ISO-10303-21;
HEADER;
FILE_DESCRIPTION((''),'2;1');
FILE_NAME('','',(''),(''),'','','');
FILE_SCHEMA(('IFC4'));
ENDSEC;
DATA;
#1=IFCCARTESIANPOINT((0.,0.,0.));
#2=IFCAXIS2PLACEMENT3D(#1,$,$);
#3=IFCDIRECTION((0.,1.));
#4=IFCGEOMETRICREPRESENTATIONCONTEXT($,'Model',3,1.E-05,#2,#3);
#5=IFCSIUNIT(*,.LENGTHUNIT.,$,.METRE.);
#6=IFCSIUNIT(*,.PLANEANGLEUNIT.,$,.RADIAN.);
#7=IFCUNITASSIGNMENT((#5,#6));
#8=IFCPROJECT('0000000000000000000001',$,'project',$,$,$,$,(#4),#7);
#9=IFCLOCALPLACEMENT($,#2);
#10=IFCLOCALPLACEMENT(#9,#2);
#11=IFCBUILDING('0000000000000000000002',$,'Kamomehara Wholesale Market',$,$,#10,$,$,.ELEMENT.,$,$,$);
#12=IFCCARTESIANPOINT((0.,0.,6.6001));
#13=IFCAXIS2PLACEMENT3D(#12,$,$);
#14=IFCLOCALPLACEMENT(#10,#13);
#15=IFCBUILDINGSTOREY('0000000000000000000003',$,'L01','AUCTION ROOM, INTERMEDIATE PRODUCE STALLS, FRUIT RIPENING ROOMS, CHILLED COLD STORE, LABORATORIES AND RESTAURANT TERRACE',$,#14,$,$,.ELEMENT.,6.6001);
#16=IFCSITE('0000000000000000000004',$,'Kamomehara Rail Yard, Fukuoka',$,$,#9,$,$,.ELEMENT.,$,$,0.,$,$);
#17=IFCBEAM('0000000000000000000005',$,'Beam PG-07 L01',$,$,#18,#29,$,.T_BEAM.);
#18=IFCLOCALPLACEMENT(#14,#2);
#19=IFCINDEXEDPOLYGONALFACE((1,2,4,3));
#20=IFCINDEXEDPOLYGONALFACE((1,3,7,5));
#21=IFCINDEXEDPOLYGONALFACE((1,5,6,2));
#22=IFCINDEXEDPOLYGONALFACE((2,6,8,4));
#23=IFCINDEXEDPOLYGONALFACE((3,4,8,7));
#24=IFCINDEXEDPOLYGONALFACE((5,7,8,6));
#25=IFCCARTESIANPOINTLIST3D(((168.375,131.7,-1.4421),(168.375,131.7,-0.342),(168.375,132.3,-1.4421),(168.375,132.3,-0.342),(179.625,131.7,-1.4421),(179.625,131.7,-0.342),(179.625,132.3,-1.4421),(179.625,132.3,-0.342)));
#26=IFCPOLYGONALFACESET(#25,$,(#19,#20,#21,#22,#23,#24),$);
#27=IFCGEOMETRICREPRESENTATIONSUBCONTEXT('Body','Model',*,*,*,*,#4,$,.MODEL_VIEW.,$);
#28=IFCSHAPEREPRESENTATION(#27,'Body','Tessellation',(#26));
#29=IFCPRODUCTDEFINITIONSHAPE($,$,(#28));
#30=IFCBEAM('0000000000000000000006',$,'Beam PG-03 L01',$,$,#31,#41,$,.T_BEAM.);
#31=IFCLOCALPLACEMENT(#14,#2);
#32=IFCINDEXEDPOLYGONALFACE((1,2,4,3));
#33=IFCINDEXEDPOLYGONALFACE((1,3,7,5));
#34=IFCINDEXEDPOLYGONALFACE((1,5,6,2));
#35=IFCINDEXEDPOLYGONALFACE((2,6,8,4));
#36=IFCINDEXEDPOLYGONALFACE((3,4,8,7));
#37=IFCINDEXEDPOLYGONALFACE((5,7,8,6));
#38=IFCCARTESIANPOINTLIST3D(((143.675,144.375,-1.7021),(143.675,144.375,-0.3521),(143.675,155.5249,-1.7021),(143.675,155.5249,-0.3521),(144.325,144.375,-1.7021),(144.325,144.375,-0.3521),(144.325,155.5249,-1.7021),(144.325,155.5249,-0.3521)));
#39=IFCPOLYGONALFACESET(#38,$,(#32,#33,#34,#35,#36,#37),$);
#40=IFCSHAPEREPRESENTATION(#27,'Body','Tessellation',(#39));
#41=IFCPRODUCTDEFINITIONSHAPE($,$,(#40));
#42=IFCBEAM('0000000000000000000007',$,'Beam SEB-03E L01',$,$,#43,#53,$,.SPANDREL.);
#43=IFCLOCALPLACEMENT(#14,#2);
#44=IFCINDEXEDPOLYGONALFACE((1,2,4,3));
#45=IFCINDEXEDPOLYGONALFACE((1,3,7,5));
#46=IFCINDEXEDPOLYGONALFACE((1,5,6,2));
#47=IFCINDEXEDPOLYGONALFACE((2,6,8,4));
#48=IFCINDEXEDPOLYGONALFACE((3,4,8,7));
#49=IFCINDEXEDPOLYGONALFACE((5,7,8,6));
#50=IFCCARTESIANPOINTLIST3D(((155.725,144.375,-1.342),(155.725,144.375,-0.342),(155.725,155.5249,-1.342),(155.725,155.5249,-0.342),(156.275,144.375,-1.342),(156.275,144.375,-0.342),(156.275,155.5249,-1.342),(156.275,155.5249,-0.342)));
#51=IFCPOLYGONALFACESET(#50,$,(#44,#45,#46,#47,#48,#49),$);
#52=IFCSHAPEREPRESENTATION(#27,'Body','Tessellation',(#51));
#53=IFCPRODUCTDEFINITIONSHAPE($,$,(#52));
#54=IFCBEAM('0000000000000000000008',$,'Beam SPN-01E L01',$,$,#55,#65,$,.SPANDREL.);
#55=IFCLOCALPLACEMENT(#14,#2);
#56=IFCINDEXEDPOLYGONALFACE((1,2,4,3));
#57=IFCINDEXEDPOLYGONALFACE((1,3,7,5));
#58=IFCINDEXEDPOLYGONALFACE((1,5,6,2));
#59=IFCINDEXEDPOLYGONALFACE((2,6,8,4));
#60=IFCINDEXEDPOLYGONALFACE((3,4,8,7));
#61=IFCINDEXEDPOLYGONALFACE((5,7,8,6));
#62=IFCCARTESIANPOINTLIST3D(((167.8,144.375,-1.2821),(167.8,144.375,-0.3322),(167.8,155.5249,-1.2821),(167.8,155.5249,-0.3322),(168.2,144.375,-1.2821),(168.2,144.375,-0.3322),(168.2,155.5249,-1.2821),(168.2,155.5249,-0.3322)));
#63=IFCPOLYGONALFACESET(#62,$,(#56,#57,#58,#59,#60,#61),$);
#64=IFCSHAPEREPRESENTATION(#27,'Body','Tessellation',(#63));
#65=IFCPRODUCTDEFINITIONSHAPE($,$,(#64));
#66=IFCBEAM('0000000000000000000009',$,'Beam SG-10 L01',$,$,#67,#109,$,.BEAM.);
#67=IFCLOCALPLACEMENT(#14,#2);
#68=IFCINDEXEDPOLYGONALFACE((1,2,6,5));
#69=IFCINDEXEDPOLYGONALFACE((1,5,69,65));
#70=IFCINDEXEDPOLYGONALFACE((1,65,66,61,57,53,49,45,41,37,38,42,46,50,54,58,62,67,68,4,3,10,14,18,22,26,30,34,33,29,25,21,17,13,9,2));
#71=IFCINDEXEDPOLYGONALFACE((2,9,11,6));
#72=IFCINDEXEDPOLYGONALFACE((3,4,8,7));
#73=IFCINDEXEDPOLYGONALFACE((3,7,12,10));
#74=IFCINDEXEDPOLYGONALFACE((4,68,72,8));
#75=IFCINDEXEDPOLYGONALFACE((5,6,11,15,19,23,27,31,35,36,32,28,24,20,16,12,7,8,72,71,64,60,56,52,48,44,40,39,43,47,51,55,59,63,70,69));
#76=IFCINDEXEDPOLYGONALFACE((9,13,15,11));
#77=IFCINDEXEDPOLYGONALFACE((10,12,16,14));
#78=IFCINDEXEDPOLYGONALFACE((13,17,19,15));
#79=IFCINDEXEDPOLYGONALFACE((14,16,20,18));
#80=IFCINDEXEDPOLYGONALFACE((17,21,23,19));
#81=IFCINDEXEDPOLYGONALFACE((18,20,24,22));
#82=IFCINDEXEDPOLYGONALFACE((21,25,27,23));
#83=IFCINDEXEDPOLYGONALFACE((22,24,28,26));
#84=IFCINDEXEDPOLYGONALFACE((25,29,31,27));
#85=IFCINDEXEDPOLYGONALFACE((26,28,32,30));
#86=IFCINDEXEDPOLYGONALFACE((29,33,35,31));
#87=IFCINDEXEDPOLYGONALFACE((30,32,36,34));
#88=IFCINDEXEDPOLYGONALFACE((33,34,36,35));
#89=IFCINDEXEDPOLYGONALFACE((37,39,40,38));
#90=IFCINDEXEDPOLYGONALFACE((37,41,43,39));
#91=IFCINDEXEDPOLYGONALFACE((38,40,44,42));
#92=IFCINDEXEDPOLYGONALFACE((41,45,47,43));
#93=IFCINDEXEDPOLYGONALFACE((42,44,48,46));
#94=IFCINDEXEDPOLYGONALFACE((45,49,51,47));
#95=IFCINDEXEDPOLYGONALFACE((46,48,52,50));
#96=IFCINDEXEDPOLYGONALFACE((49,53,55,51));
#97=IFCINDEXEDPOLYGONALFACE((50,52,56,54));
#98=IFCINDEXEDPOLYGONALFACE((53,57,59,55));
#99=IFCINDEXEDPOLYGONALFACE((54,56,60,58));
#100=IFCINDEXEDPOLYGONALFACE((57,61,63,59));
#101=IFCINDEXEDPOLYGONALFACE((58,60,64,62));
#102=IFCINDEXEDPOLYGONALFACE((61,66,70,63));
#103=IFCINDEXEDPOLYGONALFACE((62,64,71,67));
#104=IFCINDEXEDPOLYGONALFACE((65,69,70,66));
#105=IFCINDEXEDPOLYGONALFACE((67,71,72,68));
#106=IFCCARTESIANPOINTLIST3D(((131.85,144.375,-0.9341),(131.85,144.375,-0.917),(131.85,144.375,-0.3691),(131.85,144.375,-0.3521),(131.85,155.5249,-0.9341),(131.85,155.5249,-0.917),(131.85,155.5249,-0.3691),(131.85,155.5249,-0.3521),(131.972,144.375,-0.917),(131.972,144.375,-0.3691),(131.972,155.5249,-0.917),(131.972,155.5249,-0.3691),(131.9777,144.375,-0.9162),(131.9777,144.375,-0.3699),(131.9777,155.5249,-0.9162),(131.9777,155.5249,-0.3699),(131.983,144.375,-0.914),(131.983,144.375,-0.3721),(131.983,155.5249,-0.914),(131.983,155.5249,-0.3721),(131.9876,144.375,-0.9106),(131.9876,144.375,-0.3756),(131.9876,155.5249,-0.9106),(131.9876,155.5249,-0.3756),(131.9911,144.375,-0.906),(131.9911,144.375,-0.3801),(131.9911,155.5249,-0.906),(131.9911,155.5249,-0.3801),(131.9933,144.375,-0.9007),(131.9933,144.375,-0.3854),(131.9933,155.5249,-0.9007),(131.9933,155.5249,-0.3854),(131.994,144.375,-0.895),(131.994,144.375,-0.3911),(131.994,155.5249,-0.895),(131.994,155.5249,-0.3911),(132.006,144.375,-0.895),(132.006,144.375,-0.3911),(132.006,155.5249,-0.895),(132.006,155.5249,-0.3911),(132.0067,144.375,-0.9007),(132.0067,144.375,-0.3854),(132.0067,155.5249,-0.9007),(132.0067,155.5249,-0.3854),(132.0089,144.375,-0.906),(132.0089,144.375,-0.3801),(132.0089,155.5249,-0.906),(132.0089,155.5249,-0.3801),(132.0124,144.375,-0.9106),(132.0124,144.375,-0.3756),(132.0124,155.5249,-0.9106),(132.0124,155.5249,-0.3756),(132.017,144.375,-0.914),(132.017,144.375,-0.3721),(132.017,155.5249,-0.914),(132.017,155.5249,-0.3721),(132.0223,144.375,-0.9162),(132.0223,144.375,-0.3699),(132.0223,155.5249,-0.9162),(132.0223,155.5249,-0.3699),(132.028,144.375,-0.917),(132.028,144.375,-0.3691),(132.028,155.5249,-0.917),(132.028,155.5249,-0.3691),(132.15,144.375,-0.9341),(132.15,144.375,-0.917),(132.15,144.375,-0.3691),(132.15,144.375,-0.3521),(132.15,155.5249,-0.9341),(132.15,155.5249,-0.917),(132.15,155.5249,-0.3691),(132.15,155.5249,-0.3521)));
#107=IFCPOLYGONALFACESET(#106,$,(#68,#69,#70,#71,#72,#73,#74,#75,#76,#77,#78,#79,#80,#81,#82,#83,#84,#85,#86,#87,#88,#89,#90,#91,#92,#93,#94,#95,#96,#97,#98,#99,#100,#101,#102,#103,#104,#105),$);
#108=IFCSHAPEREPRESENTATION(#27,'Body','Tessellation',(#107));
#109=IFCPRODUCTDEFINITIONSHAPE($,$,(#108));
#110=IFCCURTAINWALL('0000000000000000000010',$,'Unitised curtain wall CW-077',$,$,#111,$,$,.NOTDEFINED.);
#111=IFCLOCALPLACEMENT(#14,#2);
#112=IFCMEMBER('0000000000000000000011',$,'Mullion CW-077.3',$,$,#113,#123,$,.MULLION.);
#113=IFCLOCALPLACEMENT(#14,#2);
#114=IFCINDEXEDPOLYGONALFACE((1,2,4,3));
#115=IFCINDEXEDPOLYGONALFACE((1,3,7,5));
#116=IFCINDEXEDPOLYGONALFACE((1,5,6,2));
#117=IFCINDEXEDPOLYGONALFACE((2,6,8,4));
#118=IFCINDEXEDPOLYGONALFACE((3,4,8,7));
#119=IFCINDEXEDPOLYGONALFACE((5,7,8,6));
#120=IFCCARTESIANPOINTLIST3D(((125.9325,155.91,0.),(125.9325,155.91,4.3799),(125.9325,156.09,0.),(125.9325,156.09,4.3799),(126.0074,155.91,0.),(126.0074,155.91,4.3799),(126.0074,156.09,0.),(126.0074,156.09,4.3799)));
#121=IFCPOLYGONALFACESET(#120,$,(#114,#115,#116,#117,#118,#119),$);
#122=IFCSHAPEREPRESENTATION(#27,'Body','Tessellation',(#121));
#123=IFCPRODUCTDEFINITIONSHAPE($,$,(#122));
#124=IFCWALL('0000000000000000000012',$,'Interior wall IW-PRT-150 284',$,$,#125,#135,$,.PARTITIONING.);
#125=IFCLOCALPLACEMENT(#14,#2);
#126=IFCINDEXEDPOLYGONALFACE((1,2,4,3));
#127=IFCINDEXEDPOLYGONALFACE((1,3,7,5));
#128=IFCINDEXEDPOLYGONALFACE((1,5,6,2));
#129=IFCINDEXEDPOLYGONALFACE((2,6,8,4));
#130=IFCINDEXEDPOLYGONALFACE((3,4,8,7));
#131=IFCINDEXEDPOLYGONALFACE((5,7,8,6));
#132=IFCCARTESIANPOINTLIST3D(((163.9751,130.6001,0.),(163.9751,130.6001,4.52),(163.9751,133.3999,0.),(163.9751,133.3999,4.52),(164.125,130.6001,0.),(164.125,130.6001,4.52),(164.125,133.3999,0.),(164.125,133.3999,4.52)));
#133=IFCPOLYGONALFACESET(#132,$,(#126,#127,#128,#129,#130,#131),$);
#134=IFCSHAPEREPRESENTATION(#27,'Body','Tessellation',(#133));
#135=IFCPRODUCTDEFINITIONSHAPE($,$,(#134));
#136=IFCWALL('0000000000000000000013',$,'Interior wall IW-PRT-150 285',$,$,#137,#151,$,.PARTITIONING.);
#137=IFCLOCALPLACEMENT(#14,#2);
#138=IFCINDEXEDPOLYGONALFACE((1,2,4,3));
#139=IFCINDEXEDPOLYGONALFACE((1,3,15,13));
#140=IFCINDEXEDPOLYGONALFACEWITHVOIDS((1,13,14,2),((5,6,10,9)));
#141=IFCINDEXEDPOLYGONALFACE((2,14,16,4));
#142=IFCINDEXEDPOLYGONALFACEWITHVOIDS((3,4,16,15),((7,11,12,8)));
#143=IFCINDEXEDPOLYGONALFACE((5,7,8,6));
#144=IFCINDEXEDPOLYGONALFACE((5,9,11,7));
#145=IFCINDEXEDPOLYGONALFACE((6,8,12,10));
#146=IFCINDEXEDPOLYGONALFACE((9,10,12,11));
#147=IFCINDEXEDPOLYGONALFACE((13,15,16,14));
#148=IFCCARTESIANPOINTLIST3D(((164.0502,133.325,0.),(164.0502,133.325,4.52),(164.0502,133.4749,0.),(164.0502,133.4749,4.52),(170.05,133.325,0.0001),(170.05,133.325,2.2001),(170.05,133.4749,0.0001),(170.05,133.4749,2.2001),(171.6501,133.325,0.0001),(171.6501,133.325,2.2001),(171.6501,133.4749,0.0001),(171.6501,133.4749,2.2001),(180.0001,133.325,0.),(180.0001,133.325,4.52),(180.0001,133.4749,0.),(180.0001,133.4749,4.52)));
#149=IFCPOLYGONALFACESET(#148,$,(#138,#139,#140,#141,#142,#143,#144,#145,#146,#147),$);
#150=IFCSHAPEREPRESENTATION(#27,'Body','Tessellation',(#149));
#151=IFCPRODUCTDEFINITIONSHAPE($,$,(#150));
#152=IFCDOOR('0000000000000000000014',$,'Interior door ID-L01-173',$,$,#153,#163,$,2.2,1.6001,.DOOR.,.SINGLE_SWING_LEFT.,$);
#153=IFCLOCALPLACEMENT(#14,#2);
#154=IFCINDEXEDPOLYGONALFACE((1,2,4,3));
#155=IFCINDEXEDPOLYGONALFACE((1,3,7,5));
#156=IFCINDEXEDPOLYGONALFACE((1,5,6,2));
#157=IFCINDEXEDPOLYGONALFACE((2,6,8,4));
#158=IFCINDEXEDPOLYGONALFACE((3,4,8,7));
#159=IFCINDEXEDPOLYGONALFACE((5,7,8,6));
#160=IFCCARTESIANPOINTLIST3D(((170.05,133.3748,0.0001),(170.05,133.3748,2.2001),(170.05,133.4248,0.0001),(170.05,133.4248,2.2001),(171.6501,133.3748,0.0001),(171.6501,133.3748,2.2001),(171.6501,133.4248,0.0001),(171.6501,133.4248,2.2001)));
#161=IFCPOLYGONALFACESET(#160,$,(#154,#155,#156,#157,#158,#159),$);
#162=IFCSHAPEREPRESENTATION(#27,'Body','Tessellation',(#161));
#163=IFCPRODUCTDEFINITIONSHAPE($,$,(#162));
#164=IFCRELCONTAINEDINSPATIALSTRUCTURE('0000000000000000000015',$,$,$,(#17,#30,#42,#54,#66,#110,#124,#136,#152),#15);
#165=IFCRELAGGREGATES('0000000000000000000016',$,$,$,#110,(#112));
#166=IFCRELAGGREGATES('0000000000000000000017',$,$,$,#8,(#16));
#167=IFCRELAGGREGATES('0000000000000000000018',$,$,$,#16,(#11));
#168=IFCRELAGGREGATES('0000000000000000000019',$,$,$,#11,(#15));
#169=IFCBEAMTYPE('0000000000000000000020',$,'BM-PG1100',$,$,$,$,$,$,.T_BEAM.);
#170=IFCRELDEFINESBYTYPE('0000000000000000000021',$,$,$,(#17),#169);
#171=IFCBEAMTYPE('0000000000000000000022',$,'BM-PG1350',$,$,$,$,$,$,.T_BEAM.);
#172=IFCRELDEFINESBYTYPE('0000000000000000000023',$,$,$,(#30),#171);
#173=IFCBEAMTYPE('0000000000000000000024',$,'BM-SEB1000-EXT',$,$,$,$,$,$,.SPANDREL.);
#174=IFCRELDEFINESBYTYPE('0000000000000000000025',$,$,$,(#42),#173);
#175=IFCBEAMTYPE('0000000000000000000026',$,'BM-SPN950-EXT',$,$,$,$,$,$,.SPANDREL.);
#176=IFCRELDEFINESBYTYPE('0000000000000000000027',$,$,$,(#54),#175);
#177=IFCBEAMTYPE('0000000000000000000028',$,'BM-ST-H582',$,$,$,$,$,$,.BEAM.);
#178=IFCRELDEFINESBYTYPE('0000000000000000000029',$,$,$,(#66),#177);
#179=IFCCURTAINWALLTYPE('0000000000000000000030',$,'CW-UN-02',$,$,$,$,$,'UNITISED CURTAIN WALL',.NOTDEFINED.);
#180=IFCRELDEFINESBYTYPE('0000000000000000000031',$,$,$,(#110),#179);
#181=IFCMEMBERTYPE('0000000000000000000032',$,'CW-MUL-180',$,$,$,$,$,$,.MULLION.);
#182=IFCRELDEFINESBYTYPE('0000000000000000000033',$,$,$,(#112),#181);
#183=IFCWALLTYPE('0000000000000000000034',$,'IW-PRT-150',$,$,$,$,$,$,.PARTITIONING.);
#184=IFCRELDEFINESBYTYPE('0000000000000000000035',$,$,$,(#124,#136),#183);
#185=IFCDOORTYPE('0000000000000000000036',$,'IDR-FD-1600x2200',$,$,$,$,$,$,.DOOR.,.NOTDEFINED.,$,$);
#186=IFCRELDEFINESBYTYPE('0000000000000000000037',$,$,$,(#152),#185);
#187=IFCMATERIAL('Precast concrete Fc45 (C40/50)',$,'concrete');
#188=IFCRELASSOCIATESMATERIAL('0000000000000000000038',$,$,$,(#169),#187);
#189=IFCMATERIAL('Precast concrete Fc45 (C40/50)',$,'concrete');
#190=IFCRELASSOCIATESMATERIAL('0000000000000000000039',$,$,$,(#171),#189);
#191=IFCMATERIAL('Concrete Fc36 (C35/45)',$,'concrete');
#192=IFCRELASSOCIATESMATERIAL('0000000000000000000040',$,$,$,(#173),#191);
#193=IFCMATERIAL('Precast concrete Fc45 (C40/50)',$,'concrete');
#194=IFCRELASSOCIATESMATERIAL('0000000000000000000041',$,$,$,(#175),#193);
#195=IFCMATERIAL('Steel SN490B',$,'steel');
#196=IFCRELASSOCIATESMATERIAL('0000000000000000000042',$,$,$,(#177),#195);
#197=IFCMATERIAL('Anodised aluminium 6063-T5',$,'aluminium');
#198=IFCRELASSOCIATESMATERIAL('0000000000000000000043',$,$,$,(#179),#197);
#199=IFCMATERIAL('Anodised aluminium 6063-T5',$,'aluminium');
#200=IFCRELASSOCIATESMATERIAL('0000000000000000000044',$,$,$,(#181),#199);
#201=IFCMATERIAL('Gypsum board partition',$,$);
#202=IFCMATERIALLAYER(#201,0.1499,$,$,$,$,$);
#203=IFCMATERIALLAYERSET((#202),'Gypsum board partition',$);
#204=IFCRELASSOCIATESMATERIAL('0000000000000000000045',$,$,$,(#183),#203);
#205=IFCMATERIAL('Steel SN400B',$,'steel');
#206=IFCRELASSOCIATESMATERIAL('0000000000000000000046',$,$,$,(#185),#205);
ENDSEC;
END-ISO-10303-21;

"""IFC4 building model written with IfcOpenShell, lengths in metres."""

from ifc_helpers import new_model, si_unit, direction, frame, frame_2d, origin, origin_2d, place, context, subcontext, project, spatial, rectangle, i_section, extrude, material, layer, layer_set, material_profile, profile_set, type_object, element, fill, aggregate, save


model = new_model("IFC4")

# Units and contexts
model_context = context("Model", 3, precision=1e-05, world=origin(), true_north=direction((0.0, 1.0)))
body_context = subcontext(model_context, "Body", "Model", "MODEL_VIEW")
ifc_project = project(units=[si_unit("LENGTHUNIT", "METRE"), si_unit("PLANEANGLEUNIT", "RADIAN")], contexts=[model_context])

# Site, building, storey
site_placement = place(None, origin())
site = spatial("IfcSite", under=ifc_project, at=site_placement, Name="Kamomehara Rail Yard, Fukuoka", CompositionType="ELEMENT", RefElevation=0.0)
building_placement = place(site_placement, origin())
building = spatial("IfcBuilding", under=site, at=building_placement, Name="Kamomehara Wholesale Market", CompositionType="ELEMENT")
storey_placement = place(building_placement, frame((0.0, 0.0, 6.6001)))
storey = spatial("IfcBuildingStorey", under=building, at=storey_placement, Name="L01", Description="AUCTION ROOM, INTERMEDIATE PRODUCE STALLS, FRUIT RIPENING ROOMS, CHILLED COLD STORE, LABORATORIES AND RESTAURANT TERRACE", CompositionType="ELEMENT", Elevation=6.6001)

# Beams
ifc_material_1 = material(Name="Precast concrete Fc45 (C40/50)", Category="concrete")
ifc_material_profile_1 = material_profile(ifc_material_1, rectangle(XDim=0.6001, YDim=1.1001, at=origin_2d()), Name="PC-GRD-600x1100")
ifc_profile_set_1 = profile_set([ifc_material_profile_1], Name="Precast concrete Fc45 (C40/50)")
beam_type_1 = type_object("IfcBeamType", Name="BM-PG1100", PredefinedType="T_BEAM", material=ifc_profile_set_1)
beam_1_placement = place(storey_placement, frame((168.375, 132.0, -0.8921), z_axis=(1.0, 0.0, 0.0), x_axis=(0.0, 1.0, 0.0)))
element("IfcBeam", 1, at=beam_1_placement, inside=storey, type_object=beam_type_1, Name="Beam PG-07 L01", PredefinedType="T_BEAM", context=body_context, shape_type="SweptSolid", body=[
    extrude(rectangle(XDim=0.6001, YDim=1.1001, at=origin_2d()), origin(), (0.0, 0.0, 1.0), 11.25),
])
ifc_material_2 = material(Name="Precast concrete Fc45 (C40/50)", Category="concrete")
ifc_material_profile_2 = material_profile(ifc_material_2, rectangle(XDim=0.6499, YDim=1.3501, at=origin_2d()), Name="PC-GRD-650x1350")
ifc_profile_set_2 = profile_set([ifc_material_profile_2], Name="Precast concrete Fc45 (C40/50)")
beam_type_2 = type_object("IfcBeamType", Name="BM-PG1350", PredefinedType="T_BEAM", material=ifc_profile_set_2)
beam_2_placement = place(storey_placement, frame((144.0, 144.375, -1.0271), z_axis=(0.0, 1.0, 0.0), x_axis=(-1.0, 0.0, 0.0)))
element("IfcBeam", 2, at=beam_2_placement, inside=storey, type_object=beam_type_2, Name="Beam PG-03 L01", PredefinedType="T_BEAM", context=body_context, shape_type="SweptSolid", body=[
    extrude(rectangle(XDim=0.6499, YDim=1.3501, at=origin_2d()), origin(), (0.0, 0.0, 1.0), 11.1499),
])
ifc_material_3 = material(Name="Concrete Fc36 (C35/45)", Category="concrete")
ifc_material_profile_3 = material_profile(ifc_material_3, rectangle(XDim=0.55, YDim=1.0, at=origin_2d()), Name="RC-SEB-550x1000")
ifc_profile_set_3 = profile_set([ifc_material_profile_3], Name="Concrete Fc36 (C35/45)")
beam_type_3 = type_object("IfcBeamType", Name="BM-SEB1000-EXT", PredefinedType="SPANDREL", material=ifc_profile_set_3)
beam_3_placement = place(storey_placement, frame((156.0, 144.375, -0.842), z_axis=(0.0, 1.0, 0.0), x_axis=(-1.0, 0.0, 0.0)))
element("IfcBeam", 3, at=beam_3_placement, inside=storey, type_object=beam_type_3, Name="Beam SEB-03E L01", PredefinedType="SPANDREL", context=body_context, shape_type="SweptSolid", body=[
    extrude(rectangle(XDim=0.55, YDim=1.0, at=origin_2d()), origin(), (0.0, 0.0, 1.0), 11.1499),
])
ifc_material_4 = material(Name="Precast concrete Fc45 (C40/50)", Category="concrete")
ifc_material_profile_4 = material_profile(ifc_material_4, rectangle(XDim=0.3999, YDim=0.95, at=origin_2d()), Name="PC-SPN-400x950")
ifc_profile_set_4 = profile_set([ifc_material_profile_4], Name="Precast concrete Fc45 (C40/50)")
beam_type_4 = type_object("IfcBeamType", Name="BM-SPN950-EXT", PredefinedType="SPANDREL", material=ifc_profile_set_4)
beam_4_placement = place(storey_placement, frame((168.0, 144.375, -0.8071), z_axis=(0.0, 1.0, 0.0), x_axis=(-1.0, 0.0, 0.0)))
element("IfcBeam", 4, at=beam_4_placement, inside=storey, type_object=beam_type_4, Name="Beam SPN-01E L01", PredefinedType="SPANDREL", context=body_context, shape_type="SweptSolid", body=[
    extrude(rectangle(XDim=0.3999, YDim=0.95, at=origin_2d()), origin(), (0.0, 0.0, 1.0), 11.1499),
])
ifc_material_5 = material(Name="Steel SN490B", Category="steel")
ifc_material_profile_5 = material_profile(ifc_material_5, i_section(OverallWidth=0.3, OverallDepth=0.582, WebThickness=0.012, FlangeThickness=0.0171, FilletRadius=0.022, at=origin_2d()), Name="H-582x300x12x17")
ifc_profile_set_5 = profile_set([ifc_material_profile_5], Name="Steel SN490B")
beam_type_5 = type_object("IfcBeamType", Name="BM-ST-H582", PredefinedType="BEAM", material=ifc_profile_set_5)
beam_5_placement = place(storey_placement, frame((132.0, 144.375, -0.6431), z_axis=(0.0, 1.0, 0.0), x_axis=(-1.0, 0.0, 0.0)))
element("IfcBeam", 5, at=beam_5_placement, inside=storey, type_object=beam_type_5, Name="Beam SG-10 L01", PredefinedType="BEAM", context=body_context, shape_type="SweptSolid", body=[
    extrude(i_section(OverallWidth=0.3, OverallDepth=0.582, WebThickness=0.012, FlangeThickness=0.0171, FilletRadius=0.022, at=origin_2d()), origin(), (0.0, 0.0, 1.0), 11.1499),
])

# Curtain wall, member
ifc_material_6 = material(Name="Anodised aluminium 6063-T5", Category="aluminium")
curtain_wall_type = type_object("IfcCurtainWallType", Name="CW-UN-02", ElementType="UNITISED CURTAIN WALL", PredefinedType="NOTDEFINED", material=ifc_material_6)
curtain_wall_placement = place(storey_placement, origin())
curtain_wall = element("IfcCurtainWall", 6, at=curtain_wall_placement, inside=storey, type_object=curtain_wall_type, Name="Unitised curtain wall CW-077", PredefinedType="NOTDEFINED")
ifc_material_7 = material(Name="Anodised aluminium 6063-T5", Category="aluminium")
ifc_material_profile_6 = material_profile(ifc_material_7, rectangle(XDim=0.075, YDim=0.1799, at=origin_2d()), Name="ALU-MUL-75x180")
ifc_profile_set_6 = profile_set([ifc_material_profile_6], Name="Anodised aluminium 6063-T5")
member_type = type_object("IfcMemberType", Name="CW-MUL-180", PredefinedType="MULLION", material=ifc_profile_set_6)
member_placement = place(storey_placement, frame((125.97, 156.0, 0.0), z_axis=(0.0, 0.0, 1.0), x_axis=(1.0, 0.0, 0.0)))
member = element("IfcMember", 7, at=member_placement, type_object=member_type, Name="Mullion CW-077.3", PredefinedType="MULLION", context=body_context, shape_type="SweptSolid", body=[
    extrude(rectangle(XDim=0.075, YDim=0.1799, at=origin_2d()), origin(), (0.0, 0.0, 1.0), 4.3799),
])
aggregate(curtain_wall, [member])

# Wall
ifc_material_8 = material(Name="Gypsum board partition")
ifc_layer_1 = layer(ifc_material_8, 0.1499)
ifc_layer_set_1 = layer_set([ifc_layer_1], Name="Gypsum board partition")
wall_type_1 = type_object("IfcWallType", Name="IW-PRT-150", PredefinedType="PARTITIONING", material=ifc_layer_set_1)
wall_1_placement = place(storey_placement, frame((164.05, 130.6001, 0.0), z_axis=(0.0, 0.0, 1.0), x_axis=(0.0, 1.0, 0.0)))
element("IfcWall", 8, at=wall_1_placement, inside=storey, type_object=wall_type_1, Name="Interior wall IW-PRT-150 284", PredefinedType="PARTITIONING", context=body_context, shape_type="SweptSolid", body=[
    extrude(rectangle(XDim=2.7998, YDim=0.1499, at=frame_2d((1.3999, 0.0))), origin(), (0.0, 0.0, 1.0), 4.52),
])

# Wall, opening, door
wall_2_placement = place(storey_placement, frame((164.05, 133.3999, 0.0), z_axis=(0.0, 0.0, 1.0), x_axis=(1.0, 0.0, 0.0)))
wall_2 = element("IfcWall", 9, at=wall_2_placement, inside=storey, type_object=wall_type_1, Name="Interior wall IW-PRT-150 285", PredefinedType="PARTITIONING", context=body_context, shape_type="SweptSolid", body=[
    extrude(rectangle(XDim=15.95, YDim=0.1499, at=frame_2d((7.9751, 0.0))), origin(), (0.0, 0.0, 1.0), 4.52),
])
opening_1_placement = place(wall_2_placement, frame((6.0, 0.0, 0.0)))
opening_1 = element("IfcOpeningElement", 10, at=opening_1_placement, cuts=wall_2, PredefinedType="OPENING", context=body_context, shape_type="SweptSolid", body=[
    extrude(rectangle(XDim=1.6001, YDim=2.2, at=frame_2d((0.8, 1.1001))), frame((0.0, 0.0898, 0.0), z_axis=(0.0, -1.0, 0.0), x_axis=(1.0, 0.0, 0.0)), (0.0, 0.0, 1.0), 0.1797),
])
ifc_material_9 = material(Name="Steel SN400B", Category="steel")
door_type_1 = type_object("IfcDoorType", Name="IDR-FD-1600x2200", OperationType="NOTDEFINED", PredefinedType="DOOR", material=ifc_material_9)
door_1_placement = place(opening_1_placement, origin())
door_1 = element("IfcDoor", 11, at=door_1_placement, inside=storey, type_object=door_type_1, Name="Interior door ID-L01-173", OperationType="SINGLE_SWING_LEFT", OverallHeight=2.2, OverallWidth=1.6001, PredefinedType="DOOR", context=body_context, shape_type="SweptSolid", body=[
    extrude(rectangle(XDim=1.6001, YDim=2.2, at=frame_2d((0.8, 1.1001))), frame((0.0, 0.0249, 0.0), z_axis=(0.0, -1.0, 0.0), x_axis=(1.0, 0.0, 0.0)), (0.0, 0.0, 1.0), 0.05),
])
fill(opening_1, door_1)

save(model, "model.ifc")
